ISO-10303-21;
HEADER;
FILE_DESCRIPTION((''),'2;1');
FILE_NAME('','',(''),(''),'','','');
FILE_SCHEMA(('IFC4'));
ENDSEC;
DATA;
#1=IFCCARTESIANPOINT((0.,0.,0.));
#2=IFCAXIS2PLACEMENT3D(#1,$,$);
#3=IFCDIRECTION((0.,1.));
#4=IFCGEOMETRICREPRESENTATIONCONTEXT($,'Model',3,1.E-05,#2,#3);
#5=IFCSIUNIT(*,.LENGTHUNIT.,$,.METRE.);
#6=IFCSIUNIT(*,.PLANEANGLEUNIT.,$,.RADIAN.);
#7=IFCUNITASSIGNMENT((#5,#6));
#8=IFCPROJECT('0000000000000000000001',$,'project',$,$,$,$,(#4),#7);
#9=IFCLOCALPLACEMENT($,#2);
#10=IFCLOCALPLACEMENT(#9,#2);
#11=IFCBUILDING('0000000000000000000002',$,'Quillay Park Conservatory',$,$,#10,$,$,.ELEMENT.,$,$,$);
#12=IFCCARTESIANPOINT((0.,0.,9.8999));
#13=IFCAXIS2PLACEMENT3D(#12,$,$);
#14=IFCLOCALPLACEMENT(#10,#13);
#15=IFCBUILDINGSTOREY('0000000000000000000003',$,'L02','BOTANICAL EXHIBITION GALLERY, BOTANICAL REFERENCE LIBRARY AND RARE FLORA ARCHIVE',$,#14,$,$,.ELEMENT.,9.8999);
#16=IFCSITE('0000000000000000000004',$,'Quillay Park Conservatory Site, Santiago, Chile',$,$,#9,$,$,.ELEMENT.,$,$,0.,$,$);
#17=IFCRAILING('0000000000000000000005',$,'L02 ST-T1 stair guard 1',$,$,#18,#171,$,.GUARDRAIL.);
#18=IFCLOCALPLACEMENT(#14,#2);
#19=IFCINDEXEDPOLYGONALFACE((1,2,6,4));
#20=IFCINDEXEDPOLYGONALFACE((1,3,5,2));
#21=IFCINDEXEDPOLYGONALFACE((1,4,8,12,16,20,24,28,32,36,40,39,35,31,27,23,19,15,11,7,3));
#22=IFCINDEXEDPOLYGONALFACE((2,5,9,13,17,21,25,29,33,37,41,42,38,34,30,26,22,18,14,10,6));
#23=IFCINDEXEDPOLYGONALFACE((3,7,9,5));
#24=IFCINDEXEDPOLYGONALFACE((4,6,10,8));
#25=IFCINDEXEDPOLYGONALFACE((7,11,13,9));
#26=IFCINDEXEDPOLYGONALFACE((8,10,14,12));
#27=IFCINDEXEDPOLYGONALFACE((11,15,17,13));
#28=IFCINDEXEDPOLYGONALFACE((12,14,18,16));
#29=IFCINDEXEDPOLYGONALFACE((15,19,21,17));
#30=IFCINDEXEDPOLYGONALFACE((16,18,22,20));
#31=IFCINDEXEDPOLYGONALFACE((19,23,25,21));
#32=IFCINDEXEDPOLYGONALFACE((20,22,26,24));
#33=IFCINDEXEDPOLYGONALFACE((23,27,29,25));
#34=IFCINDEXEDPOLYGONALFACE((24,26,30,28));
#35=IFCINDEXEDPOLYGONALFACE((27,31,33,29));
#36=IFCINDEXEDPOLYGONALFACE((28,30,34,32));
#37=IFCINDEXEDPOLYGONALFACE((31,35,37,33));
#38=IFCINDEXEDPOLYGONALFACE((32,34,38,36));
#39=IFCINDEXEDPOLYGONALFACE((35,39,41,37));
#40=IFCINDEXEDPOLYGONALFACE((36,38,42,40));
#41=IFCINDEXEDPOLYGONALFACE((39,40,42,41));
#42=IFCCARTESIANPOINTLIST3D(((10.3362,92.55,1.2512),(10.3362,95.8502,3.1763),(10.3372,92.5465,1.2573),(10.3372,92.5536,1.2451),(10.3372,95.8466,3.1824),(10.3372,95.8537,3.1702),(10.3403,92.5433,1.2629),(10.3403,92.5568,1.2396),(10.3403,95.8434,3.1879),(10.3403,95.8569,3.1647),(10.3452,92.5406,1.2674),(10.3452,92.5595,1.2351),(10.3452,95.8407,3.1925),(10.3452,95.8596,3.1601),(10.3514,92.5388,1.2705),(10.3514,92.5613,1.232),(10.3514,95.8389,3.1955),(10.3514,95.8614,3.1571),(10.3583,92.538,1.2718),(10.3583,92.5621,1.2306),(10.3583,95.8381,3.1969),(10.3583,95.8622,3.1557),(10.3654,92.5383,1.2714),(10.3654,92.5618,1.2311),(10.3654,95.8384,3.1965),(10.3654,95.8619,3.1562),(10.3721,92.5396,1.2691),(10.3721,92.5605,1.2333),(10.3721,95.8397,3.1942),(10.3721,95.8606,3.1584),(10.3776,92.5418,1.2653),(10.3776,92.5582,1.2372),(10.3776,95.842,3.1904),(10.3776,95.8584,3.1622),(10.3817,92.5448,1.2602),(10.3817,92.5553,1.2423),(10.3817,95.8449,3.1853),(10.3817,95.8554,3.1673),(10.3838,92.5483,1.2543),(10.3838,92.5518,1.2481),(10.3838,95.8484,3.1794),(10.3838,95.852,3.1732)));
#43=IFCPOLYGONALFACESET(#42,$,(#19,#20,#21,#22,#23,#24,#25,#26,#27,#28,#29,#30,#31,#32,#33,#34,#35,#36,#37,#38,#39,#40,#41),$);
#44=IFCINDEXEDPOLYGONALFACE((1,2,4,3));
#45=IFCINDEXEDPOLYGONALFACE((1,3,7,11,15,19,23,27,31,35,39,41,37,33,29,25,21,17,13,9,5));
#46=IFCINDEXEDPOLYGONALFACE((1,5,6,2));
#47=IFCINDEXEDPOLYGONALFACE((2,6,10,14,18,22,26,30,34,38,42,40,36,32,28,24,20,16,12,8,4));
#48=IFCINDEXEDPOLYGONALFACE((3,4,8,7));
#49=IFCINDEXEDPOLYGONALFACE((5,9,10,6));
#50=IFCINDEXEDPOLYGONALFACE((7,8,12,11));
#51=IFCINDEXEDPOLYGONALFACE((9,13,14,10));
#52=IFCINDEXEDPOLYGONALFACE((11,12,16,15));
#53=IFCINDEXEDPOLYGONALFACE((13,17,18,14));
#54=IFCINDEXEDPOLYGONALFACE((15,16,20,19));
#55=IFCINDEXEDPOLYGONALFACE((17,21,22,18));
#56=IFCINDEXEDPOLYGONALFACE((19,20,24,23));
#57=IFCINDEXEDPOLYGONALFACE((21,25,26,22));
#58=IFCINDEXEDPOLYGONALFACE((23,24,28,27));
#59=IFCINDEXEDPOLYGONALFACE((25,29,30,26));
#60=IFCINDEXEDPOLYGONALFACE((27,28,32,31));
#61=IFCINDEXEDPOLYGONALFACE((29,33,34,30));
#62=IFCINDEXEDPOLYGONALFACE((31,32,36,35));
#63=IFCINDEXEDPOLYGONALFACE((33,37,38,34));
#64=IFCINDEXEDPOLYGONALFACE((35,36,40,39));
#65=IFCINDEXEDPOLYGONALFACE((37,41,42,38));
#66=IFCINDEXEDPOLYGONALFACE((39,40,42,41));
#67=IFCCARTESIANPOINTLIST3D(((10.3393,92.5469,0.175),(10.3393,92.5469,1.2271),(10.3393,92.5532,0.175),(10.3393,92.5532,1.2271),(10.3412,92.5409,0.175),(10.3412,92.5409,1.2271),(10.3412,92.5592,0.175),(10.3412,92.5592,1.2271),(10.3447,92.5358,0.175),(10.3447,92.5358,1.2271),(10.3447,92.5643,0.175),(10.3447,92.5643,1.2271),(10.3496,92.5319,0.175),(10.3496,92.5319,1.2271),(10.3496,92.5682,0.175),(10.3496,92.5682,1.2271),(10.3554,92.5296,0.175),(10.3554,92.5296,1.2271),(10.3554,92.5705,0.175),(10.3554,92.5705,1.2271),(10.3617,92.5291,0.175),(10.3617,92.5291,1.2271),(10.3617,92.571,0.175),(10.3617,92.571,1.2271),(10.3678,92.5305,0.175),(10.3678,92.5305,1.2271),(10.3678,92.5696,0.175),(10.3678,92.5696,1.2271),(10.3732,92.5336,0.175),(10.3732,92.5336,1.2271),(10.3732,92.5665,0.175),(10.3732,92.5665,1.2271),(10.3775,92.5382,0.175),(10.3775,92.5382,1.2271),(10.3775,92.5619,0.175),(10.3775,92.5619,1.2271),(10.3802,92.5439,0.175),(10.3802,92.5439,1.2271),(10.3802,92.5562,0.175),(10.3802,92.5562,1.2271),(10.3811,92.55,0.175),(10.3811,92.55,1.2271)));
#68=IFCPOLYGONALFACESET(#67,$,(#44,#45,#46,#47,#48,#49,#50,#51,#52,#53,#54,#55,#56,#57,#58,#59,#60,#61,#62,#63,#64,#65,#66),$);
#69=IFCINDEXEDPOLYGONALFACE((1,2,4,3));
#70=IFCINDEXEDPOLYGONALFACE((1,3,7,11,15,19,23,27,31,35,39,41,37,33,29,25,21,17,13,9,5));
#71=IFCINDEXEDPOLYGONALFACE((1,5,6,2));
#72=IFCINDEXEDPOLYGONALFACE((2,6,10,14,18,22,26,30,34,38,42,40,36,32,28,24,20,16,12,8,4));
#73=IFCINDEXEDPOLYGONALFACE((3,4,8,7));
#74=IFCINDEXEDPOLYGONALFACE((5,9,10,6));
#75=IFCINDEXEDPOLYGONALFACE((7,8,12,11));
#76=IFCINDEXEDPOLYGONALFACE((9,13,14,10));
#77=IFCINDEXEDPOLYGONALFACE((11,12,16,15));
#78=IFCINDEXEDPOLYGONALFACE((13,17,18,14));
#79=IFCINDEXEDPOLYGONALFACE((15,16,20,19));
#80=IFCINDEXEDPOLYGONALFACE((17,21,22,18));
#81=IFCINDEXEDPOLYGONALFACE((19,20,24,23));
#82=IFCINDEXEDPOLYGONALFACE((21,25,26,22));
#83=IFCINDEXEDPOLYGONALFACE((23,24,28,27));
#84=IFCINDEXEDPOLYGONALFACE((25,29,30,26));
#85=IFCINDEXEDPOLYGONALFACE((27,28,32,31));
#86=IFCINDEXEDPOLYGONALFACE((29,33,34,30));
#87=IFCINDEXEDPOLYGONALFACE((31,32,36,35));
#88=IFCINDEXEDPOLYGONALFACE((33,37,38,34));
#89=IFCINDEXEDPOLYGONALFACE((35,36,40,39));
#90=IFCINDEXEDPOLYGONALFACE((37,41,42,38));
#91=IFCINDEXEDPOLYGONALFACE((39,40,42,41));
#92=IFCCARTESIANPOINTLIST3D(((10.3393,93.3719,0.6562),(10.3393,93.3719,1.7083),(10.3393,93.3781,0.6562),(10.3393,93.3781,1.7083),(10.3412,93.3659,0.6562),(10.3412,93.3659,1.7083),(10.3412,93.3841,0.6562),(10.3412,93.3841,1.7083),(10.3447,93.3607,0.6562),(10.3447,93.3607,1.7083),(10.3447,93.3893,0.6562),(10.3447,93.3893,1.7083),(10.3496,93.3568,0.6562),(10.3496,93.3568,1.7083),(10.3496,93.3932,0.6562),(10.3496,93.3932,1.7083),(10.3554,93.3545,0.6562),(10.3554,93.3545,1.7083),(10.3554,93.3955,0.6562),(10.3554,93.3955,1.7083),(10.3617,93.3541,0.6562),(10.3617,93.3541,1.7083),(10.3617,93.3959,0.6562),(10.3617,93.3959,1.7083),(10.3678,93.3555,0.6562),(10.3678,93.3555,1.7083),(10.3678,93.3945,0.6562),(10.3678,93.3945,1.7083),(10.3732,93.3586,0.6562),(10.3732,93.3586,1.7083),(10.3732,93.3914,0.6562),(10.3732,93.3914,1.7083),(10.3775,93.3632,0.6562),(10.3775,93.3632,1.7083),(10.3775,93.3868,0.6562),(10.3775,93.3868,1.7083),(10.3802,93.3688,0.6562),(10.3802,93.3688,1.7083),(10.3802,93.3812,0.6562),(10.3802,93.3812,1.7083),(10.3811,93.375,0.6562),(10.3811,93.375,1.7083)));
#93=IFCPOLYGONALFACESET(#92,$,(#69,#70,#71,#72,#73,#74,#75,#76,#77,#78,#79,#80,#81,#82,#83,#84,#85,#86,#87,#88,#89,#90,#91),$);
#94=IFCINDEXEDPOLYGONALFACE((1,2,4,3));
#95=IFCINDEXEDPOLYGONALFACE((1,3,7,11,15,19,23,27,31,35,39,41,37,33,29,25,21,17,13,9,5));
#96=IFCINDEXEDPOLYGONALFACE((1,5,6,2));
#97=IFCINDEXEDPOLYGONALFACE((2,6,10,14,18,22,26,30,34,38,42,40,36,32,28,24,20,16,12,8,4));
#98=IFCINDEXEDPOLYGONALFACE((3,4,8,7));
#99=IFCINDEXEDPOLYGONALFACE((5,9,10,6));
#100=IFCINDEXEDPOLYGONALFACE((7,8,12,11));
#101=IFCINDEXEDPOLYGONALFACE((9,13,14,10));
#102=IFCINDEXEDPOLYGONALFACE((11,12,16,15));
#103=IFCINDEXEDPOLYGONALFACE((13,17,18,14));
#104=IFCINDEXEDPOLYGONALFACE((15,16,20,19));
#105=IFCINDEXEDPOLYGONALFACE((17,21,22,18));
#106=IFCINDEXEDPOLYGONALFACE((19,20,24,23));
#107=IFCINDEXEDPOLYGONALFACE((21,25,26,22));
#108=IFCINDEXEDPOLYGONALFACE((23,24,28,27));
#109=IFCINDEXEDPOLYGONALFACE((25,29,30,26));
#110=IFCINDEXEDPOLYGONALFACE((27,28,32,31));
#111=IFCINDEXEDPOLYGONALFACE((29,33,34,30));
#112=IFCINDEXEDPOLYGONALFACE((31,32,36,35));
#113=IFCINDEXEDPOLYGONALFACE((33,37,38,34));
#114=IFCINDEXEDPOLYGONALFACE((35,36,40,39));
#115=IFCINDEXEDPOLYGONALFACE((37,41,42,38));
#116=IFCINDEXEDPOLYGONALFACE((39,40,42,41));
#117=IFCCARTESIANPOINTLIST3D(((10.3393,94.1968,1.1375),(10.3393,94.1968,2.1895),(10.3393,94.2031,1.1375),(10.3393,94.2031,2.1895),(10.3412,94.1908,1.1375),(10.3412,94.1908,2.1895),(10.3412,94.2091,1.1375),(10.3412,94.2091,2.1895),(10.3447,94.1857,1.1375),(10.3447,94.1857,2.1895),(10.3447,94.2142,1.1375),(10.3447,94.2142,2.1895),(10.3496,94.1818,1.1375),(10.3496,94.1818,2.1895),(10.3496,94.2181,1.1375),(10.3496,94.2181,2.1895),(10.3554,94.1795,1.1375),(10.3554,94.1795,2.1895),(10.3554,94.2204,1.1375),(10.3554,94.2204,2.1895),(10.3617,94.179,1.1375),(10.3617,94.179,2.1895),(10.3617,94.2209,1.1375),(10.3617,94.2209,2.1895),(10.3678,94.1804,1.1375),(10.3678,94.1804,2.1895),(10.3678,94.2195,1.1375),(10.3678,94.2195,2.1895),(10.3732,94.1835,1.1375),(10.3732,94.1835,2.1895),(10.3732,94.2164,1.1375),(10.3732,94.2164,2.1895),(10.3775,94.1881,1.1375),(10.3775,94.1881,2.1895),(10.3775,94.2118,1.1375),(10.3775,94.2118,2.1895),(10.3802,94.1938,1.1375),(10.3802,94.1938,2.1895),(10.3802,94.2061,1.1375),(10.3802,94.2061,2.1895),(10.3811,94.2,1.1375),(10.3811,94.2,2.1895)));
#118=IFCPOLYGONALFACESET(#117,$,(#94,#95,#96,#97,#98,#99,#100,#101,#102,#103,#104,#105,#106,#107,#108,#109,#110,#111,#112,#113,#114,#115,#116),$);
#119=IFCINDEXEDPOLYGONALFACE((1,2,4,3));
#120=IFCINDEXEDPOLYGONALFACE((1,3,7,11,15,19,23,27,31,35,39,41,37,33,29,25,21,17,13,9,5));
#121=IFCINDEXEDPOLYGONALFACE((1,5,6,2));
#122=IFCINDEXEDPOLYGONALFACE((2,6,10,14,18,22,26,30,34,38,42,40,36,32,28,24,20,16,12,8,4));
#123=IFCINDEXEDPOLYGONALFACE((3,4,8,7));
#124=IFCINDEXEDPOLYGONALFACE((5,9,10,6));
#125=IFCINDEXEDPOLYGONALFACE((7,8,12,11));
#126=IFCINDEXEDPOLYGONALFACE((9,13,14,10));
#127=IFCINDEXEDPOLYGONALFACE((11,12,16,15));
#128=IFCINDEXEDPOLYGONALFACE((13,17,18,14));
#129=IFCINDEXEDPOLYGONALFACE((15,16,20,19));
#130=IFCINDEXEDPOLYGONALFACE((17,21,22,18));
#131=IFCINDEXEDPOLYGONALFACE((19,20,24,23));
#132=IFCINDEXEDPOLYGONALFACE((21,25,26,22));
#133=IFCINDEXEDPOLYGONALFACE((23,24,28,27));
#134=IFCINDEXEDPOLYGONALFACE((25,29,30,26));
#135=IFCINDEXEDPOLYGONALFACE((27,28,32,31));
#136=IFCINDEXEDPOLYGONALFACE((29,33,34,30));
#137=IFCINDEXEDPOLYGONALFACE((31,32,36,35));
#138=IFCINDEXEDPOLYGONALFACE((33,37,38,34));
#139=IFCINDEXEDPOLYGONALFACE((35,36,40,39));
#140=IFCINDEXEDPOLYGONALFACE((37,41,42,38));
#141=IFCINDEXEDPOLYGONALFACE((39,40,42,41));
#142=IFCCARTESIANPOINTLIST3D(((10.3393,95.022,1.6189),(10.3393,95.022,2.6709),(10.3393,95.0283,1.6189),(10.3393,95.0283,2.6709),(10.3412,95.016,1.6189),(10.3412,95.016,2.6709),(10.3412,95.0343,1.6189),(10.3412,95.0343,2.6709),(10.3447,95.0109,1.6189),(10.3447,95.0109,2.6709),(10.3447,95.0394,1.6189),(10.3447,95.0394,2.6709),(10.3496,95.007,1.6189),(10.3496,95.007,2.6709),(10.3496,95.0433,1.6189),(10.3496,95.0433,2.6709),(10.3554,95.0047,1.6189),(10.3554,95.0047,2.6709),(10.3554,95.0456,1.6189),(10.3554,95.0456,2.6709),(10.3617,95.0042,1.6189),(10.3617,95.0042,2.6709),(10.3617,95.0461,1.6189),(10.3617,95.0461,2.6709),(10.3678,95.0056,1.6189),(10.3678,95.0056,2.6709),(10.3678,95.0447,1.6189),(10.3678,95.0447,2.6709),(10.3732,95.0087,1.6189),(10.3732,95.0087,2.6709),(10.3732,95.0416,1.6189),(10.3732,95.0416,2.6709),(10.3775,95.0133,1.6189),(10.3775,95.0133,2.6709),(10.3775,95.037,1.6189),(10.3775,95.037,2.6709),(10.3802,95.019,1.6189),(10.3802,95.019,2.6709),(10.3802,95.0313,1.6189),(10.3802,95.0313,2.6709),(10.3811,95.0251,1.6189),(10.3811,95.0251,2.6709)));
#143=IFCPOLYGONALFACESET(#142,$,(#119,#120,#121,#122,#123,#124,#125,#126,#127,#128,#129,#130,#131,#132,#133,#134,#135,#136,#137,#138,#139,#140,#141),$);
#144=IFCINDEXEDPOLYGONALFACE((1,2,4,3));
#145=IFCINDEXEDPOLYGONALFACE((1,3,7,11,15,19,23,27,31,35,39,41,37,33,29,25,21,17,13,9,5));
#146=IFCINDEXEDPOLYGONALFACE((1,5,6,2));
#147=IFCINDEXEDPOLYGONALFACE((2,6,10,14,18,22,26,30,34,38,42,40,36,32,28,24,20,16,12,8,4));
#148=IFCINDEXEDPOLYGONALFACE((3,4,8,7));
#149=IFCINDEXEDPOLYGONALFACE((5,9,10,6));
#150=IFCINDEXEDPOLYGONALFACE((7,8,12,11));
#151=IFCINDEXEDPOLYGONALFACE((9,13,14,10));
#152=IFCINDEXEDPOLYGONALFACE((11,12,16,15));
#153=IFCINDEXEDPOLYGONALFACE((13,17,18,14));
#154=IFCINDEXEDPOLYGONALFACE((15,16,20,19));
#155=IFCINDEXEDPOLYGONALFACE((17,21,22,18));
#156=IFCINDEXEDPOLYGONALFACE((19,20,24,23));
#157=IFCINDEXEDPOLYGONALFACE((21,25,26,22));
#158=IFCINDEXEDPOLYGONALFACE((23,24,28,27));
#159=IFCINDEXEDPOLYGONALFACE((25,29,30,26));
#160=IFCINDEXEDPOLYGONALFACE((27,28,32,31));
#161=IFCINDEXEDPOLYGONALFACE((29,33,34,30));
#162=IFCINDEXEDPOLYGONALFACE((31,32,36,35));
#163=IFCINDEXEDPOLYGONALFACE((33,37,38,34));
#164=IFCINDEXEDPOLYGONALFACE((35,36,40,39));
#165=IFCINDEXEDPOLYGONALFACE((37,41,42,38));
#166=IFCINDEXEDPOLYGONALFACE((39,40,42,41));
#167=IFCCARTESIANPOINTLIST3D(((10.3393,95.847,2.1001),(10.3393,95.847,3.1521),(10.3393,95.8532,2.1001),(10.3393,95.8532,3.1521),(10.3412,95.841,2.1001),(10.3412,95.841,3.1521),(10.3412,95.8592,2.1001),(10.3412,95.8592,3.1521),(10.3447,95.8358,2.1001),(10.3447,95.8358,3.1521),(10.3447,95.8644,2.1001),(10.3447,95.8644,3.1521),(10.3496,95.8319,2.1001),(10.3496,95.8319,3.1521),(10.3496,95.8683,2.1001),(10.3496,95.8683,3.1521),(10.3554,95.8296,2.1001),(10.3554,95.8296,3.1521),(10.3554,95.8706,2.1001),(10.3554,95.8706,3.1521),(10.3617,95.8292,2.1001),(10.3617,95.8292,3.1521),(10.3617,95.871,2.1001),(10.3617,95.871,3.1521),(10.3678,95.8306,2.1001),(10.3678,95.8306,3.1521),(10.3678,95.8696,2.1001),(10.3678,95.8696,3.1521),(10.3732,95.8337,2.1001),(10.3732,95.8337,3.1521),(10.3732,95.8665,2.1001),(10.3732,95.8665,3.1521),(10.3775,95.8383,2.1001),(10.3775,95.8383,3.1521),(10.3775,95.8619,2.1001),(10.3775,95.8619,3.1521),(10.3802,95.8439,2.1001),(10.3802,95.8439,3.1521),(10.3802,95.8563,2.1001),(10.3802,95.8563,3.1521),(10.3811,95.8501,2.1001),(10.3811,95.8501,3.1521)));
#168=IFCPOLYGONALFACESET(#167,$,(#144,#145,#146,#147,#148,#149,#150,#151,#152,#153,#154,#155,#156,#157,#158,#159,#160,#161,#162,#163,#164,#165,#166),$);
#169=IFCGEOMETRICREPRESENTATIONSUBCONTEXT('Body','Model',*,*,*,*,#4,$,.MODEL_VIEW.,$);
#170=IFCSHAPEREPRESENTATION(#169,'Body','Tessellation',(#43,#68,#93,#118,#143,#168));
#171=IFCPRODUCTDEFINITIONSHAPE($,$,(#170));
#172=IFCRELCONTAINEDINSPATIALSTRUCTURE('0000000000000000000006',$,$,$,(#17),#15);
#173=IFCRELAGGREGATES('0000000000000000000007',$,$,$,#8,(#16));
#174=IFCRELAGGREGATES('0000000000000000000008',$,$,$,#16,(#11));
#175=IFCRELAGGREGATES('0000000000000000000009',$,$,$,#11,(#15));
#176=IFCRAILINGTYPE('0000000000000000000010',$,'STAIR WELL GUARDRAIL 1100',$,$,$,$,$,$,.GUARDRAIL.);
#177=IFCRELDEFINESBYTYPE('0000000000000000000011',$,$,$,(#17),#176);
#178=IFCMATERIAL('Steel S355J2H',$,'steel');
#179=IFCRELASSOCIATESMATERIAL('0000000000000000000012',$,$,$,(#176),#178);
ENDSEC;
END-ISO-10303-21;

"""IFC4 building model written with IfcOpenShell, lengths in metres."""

from ifc_helpers import new_model, si_unit, direction, frame, origin, origin_2d, place, context, subcontext, project, spatial, circle, extrude, material, type_object, element, save


model = new_model("IFC4")

# Units and contexts
model_context = context("Model", 3, precision=1e-05, world=origin(), true_north=direction((0.0, 1.0)))
body_context = subcontext(model_context, "Body", "Model", "MODEL_VIEW")
ifc_project = project(units=[si_unit("LENGTHUNIT", "METRE"), si_unit("PLANEANGLEUNIT", "RADIAN")], contexts=[model_context])

# Site, building, storey
site_placement = place(None, origin())
site = spatial("IfcSite", under=ifc_project, at=site_placement, Name="Quillay Park Conservatory Site, Santiago, Chile", CompositionType="ELEMENT", RefElevation=0.0)
building_placement = place(site_placement, origin())
building = spatial("IfcBuilding", under=site, at=building_placement, Name="Quillay Park Conservatory", CompositionType="ELEMENT")
storey_placement = place(building_placement, frame((0.0, 0.0, 9.8999)))
storey = spatial("IfcBuildingStorey", under=building, at=storey_placement, Name="L02", Description="BOTANICAL EXHIBITION GALLERY, BOTANICAL REFERENCE LIBRARY AND RARE FLORA ARCHIVE", CompositionType="ELEMENT", Elevation=9.8999)

# Railing
ifc_material_1 = material(Name="Steel S355J2H", Category="steel")
railing_type_1 = type_object("IfcRailingType", Name="STAIR WELL GUARDRAIL 1100", PredefinedType="GUARDRAIL", material=ifc_material_1)
railing_1_placement = place(storey_placement, frame((10.3601, 92.55, 0.175)))
element("IfcRailing", 1, at=railing_1_placement, inside=storey, type_object=railing_type_1, Name="L02 ST-T1 stair guard 1", PredefinedType="GUARDRAIL", context=body_context, shape_type="SweptSolid", body=[
    extrude(circle(Radius=0.0239, at=origin_2d()), frame((0.0, 0.0, 1.0762), z_axis=(0.0, 0.863777, 0.503875), x_axis=(-1.0, 0.0, 0.0)), (0.0, 0.0, 1.0), 3.8206),
    extrude(circle(Radius=0.021, at=origin_2d()), origin(), (0.0, 0.0, 1.0), 1.052),
    extrude(circle(Radius=0.021, at=origin_2d()), frame((0.0, 0.825, 0.4812)), (0.0, 0.0, 1.0), 1.052),
    extrude(circle(Radius=0.021, at=origin_2d()), frame((0.0, 1.6499, 0.9624)), (0.0, 0.0, 1.0), 1.052),
    extrude(circle(Radius=0.021, at=origin_2d()), frame((0.0, 2.4751, 1.4438)), (0.0, 0.0, 1.0), 1.052),
    extrude(circle(Radius=0.021, at=origin_2d()), frame((0.0, 3.3, 1.925)), (0.0, 0.0, 1.0), 1.052),
])

save(model, "model.ifc")
